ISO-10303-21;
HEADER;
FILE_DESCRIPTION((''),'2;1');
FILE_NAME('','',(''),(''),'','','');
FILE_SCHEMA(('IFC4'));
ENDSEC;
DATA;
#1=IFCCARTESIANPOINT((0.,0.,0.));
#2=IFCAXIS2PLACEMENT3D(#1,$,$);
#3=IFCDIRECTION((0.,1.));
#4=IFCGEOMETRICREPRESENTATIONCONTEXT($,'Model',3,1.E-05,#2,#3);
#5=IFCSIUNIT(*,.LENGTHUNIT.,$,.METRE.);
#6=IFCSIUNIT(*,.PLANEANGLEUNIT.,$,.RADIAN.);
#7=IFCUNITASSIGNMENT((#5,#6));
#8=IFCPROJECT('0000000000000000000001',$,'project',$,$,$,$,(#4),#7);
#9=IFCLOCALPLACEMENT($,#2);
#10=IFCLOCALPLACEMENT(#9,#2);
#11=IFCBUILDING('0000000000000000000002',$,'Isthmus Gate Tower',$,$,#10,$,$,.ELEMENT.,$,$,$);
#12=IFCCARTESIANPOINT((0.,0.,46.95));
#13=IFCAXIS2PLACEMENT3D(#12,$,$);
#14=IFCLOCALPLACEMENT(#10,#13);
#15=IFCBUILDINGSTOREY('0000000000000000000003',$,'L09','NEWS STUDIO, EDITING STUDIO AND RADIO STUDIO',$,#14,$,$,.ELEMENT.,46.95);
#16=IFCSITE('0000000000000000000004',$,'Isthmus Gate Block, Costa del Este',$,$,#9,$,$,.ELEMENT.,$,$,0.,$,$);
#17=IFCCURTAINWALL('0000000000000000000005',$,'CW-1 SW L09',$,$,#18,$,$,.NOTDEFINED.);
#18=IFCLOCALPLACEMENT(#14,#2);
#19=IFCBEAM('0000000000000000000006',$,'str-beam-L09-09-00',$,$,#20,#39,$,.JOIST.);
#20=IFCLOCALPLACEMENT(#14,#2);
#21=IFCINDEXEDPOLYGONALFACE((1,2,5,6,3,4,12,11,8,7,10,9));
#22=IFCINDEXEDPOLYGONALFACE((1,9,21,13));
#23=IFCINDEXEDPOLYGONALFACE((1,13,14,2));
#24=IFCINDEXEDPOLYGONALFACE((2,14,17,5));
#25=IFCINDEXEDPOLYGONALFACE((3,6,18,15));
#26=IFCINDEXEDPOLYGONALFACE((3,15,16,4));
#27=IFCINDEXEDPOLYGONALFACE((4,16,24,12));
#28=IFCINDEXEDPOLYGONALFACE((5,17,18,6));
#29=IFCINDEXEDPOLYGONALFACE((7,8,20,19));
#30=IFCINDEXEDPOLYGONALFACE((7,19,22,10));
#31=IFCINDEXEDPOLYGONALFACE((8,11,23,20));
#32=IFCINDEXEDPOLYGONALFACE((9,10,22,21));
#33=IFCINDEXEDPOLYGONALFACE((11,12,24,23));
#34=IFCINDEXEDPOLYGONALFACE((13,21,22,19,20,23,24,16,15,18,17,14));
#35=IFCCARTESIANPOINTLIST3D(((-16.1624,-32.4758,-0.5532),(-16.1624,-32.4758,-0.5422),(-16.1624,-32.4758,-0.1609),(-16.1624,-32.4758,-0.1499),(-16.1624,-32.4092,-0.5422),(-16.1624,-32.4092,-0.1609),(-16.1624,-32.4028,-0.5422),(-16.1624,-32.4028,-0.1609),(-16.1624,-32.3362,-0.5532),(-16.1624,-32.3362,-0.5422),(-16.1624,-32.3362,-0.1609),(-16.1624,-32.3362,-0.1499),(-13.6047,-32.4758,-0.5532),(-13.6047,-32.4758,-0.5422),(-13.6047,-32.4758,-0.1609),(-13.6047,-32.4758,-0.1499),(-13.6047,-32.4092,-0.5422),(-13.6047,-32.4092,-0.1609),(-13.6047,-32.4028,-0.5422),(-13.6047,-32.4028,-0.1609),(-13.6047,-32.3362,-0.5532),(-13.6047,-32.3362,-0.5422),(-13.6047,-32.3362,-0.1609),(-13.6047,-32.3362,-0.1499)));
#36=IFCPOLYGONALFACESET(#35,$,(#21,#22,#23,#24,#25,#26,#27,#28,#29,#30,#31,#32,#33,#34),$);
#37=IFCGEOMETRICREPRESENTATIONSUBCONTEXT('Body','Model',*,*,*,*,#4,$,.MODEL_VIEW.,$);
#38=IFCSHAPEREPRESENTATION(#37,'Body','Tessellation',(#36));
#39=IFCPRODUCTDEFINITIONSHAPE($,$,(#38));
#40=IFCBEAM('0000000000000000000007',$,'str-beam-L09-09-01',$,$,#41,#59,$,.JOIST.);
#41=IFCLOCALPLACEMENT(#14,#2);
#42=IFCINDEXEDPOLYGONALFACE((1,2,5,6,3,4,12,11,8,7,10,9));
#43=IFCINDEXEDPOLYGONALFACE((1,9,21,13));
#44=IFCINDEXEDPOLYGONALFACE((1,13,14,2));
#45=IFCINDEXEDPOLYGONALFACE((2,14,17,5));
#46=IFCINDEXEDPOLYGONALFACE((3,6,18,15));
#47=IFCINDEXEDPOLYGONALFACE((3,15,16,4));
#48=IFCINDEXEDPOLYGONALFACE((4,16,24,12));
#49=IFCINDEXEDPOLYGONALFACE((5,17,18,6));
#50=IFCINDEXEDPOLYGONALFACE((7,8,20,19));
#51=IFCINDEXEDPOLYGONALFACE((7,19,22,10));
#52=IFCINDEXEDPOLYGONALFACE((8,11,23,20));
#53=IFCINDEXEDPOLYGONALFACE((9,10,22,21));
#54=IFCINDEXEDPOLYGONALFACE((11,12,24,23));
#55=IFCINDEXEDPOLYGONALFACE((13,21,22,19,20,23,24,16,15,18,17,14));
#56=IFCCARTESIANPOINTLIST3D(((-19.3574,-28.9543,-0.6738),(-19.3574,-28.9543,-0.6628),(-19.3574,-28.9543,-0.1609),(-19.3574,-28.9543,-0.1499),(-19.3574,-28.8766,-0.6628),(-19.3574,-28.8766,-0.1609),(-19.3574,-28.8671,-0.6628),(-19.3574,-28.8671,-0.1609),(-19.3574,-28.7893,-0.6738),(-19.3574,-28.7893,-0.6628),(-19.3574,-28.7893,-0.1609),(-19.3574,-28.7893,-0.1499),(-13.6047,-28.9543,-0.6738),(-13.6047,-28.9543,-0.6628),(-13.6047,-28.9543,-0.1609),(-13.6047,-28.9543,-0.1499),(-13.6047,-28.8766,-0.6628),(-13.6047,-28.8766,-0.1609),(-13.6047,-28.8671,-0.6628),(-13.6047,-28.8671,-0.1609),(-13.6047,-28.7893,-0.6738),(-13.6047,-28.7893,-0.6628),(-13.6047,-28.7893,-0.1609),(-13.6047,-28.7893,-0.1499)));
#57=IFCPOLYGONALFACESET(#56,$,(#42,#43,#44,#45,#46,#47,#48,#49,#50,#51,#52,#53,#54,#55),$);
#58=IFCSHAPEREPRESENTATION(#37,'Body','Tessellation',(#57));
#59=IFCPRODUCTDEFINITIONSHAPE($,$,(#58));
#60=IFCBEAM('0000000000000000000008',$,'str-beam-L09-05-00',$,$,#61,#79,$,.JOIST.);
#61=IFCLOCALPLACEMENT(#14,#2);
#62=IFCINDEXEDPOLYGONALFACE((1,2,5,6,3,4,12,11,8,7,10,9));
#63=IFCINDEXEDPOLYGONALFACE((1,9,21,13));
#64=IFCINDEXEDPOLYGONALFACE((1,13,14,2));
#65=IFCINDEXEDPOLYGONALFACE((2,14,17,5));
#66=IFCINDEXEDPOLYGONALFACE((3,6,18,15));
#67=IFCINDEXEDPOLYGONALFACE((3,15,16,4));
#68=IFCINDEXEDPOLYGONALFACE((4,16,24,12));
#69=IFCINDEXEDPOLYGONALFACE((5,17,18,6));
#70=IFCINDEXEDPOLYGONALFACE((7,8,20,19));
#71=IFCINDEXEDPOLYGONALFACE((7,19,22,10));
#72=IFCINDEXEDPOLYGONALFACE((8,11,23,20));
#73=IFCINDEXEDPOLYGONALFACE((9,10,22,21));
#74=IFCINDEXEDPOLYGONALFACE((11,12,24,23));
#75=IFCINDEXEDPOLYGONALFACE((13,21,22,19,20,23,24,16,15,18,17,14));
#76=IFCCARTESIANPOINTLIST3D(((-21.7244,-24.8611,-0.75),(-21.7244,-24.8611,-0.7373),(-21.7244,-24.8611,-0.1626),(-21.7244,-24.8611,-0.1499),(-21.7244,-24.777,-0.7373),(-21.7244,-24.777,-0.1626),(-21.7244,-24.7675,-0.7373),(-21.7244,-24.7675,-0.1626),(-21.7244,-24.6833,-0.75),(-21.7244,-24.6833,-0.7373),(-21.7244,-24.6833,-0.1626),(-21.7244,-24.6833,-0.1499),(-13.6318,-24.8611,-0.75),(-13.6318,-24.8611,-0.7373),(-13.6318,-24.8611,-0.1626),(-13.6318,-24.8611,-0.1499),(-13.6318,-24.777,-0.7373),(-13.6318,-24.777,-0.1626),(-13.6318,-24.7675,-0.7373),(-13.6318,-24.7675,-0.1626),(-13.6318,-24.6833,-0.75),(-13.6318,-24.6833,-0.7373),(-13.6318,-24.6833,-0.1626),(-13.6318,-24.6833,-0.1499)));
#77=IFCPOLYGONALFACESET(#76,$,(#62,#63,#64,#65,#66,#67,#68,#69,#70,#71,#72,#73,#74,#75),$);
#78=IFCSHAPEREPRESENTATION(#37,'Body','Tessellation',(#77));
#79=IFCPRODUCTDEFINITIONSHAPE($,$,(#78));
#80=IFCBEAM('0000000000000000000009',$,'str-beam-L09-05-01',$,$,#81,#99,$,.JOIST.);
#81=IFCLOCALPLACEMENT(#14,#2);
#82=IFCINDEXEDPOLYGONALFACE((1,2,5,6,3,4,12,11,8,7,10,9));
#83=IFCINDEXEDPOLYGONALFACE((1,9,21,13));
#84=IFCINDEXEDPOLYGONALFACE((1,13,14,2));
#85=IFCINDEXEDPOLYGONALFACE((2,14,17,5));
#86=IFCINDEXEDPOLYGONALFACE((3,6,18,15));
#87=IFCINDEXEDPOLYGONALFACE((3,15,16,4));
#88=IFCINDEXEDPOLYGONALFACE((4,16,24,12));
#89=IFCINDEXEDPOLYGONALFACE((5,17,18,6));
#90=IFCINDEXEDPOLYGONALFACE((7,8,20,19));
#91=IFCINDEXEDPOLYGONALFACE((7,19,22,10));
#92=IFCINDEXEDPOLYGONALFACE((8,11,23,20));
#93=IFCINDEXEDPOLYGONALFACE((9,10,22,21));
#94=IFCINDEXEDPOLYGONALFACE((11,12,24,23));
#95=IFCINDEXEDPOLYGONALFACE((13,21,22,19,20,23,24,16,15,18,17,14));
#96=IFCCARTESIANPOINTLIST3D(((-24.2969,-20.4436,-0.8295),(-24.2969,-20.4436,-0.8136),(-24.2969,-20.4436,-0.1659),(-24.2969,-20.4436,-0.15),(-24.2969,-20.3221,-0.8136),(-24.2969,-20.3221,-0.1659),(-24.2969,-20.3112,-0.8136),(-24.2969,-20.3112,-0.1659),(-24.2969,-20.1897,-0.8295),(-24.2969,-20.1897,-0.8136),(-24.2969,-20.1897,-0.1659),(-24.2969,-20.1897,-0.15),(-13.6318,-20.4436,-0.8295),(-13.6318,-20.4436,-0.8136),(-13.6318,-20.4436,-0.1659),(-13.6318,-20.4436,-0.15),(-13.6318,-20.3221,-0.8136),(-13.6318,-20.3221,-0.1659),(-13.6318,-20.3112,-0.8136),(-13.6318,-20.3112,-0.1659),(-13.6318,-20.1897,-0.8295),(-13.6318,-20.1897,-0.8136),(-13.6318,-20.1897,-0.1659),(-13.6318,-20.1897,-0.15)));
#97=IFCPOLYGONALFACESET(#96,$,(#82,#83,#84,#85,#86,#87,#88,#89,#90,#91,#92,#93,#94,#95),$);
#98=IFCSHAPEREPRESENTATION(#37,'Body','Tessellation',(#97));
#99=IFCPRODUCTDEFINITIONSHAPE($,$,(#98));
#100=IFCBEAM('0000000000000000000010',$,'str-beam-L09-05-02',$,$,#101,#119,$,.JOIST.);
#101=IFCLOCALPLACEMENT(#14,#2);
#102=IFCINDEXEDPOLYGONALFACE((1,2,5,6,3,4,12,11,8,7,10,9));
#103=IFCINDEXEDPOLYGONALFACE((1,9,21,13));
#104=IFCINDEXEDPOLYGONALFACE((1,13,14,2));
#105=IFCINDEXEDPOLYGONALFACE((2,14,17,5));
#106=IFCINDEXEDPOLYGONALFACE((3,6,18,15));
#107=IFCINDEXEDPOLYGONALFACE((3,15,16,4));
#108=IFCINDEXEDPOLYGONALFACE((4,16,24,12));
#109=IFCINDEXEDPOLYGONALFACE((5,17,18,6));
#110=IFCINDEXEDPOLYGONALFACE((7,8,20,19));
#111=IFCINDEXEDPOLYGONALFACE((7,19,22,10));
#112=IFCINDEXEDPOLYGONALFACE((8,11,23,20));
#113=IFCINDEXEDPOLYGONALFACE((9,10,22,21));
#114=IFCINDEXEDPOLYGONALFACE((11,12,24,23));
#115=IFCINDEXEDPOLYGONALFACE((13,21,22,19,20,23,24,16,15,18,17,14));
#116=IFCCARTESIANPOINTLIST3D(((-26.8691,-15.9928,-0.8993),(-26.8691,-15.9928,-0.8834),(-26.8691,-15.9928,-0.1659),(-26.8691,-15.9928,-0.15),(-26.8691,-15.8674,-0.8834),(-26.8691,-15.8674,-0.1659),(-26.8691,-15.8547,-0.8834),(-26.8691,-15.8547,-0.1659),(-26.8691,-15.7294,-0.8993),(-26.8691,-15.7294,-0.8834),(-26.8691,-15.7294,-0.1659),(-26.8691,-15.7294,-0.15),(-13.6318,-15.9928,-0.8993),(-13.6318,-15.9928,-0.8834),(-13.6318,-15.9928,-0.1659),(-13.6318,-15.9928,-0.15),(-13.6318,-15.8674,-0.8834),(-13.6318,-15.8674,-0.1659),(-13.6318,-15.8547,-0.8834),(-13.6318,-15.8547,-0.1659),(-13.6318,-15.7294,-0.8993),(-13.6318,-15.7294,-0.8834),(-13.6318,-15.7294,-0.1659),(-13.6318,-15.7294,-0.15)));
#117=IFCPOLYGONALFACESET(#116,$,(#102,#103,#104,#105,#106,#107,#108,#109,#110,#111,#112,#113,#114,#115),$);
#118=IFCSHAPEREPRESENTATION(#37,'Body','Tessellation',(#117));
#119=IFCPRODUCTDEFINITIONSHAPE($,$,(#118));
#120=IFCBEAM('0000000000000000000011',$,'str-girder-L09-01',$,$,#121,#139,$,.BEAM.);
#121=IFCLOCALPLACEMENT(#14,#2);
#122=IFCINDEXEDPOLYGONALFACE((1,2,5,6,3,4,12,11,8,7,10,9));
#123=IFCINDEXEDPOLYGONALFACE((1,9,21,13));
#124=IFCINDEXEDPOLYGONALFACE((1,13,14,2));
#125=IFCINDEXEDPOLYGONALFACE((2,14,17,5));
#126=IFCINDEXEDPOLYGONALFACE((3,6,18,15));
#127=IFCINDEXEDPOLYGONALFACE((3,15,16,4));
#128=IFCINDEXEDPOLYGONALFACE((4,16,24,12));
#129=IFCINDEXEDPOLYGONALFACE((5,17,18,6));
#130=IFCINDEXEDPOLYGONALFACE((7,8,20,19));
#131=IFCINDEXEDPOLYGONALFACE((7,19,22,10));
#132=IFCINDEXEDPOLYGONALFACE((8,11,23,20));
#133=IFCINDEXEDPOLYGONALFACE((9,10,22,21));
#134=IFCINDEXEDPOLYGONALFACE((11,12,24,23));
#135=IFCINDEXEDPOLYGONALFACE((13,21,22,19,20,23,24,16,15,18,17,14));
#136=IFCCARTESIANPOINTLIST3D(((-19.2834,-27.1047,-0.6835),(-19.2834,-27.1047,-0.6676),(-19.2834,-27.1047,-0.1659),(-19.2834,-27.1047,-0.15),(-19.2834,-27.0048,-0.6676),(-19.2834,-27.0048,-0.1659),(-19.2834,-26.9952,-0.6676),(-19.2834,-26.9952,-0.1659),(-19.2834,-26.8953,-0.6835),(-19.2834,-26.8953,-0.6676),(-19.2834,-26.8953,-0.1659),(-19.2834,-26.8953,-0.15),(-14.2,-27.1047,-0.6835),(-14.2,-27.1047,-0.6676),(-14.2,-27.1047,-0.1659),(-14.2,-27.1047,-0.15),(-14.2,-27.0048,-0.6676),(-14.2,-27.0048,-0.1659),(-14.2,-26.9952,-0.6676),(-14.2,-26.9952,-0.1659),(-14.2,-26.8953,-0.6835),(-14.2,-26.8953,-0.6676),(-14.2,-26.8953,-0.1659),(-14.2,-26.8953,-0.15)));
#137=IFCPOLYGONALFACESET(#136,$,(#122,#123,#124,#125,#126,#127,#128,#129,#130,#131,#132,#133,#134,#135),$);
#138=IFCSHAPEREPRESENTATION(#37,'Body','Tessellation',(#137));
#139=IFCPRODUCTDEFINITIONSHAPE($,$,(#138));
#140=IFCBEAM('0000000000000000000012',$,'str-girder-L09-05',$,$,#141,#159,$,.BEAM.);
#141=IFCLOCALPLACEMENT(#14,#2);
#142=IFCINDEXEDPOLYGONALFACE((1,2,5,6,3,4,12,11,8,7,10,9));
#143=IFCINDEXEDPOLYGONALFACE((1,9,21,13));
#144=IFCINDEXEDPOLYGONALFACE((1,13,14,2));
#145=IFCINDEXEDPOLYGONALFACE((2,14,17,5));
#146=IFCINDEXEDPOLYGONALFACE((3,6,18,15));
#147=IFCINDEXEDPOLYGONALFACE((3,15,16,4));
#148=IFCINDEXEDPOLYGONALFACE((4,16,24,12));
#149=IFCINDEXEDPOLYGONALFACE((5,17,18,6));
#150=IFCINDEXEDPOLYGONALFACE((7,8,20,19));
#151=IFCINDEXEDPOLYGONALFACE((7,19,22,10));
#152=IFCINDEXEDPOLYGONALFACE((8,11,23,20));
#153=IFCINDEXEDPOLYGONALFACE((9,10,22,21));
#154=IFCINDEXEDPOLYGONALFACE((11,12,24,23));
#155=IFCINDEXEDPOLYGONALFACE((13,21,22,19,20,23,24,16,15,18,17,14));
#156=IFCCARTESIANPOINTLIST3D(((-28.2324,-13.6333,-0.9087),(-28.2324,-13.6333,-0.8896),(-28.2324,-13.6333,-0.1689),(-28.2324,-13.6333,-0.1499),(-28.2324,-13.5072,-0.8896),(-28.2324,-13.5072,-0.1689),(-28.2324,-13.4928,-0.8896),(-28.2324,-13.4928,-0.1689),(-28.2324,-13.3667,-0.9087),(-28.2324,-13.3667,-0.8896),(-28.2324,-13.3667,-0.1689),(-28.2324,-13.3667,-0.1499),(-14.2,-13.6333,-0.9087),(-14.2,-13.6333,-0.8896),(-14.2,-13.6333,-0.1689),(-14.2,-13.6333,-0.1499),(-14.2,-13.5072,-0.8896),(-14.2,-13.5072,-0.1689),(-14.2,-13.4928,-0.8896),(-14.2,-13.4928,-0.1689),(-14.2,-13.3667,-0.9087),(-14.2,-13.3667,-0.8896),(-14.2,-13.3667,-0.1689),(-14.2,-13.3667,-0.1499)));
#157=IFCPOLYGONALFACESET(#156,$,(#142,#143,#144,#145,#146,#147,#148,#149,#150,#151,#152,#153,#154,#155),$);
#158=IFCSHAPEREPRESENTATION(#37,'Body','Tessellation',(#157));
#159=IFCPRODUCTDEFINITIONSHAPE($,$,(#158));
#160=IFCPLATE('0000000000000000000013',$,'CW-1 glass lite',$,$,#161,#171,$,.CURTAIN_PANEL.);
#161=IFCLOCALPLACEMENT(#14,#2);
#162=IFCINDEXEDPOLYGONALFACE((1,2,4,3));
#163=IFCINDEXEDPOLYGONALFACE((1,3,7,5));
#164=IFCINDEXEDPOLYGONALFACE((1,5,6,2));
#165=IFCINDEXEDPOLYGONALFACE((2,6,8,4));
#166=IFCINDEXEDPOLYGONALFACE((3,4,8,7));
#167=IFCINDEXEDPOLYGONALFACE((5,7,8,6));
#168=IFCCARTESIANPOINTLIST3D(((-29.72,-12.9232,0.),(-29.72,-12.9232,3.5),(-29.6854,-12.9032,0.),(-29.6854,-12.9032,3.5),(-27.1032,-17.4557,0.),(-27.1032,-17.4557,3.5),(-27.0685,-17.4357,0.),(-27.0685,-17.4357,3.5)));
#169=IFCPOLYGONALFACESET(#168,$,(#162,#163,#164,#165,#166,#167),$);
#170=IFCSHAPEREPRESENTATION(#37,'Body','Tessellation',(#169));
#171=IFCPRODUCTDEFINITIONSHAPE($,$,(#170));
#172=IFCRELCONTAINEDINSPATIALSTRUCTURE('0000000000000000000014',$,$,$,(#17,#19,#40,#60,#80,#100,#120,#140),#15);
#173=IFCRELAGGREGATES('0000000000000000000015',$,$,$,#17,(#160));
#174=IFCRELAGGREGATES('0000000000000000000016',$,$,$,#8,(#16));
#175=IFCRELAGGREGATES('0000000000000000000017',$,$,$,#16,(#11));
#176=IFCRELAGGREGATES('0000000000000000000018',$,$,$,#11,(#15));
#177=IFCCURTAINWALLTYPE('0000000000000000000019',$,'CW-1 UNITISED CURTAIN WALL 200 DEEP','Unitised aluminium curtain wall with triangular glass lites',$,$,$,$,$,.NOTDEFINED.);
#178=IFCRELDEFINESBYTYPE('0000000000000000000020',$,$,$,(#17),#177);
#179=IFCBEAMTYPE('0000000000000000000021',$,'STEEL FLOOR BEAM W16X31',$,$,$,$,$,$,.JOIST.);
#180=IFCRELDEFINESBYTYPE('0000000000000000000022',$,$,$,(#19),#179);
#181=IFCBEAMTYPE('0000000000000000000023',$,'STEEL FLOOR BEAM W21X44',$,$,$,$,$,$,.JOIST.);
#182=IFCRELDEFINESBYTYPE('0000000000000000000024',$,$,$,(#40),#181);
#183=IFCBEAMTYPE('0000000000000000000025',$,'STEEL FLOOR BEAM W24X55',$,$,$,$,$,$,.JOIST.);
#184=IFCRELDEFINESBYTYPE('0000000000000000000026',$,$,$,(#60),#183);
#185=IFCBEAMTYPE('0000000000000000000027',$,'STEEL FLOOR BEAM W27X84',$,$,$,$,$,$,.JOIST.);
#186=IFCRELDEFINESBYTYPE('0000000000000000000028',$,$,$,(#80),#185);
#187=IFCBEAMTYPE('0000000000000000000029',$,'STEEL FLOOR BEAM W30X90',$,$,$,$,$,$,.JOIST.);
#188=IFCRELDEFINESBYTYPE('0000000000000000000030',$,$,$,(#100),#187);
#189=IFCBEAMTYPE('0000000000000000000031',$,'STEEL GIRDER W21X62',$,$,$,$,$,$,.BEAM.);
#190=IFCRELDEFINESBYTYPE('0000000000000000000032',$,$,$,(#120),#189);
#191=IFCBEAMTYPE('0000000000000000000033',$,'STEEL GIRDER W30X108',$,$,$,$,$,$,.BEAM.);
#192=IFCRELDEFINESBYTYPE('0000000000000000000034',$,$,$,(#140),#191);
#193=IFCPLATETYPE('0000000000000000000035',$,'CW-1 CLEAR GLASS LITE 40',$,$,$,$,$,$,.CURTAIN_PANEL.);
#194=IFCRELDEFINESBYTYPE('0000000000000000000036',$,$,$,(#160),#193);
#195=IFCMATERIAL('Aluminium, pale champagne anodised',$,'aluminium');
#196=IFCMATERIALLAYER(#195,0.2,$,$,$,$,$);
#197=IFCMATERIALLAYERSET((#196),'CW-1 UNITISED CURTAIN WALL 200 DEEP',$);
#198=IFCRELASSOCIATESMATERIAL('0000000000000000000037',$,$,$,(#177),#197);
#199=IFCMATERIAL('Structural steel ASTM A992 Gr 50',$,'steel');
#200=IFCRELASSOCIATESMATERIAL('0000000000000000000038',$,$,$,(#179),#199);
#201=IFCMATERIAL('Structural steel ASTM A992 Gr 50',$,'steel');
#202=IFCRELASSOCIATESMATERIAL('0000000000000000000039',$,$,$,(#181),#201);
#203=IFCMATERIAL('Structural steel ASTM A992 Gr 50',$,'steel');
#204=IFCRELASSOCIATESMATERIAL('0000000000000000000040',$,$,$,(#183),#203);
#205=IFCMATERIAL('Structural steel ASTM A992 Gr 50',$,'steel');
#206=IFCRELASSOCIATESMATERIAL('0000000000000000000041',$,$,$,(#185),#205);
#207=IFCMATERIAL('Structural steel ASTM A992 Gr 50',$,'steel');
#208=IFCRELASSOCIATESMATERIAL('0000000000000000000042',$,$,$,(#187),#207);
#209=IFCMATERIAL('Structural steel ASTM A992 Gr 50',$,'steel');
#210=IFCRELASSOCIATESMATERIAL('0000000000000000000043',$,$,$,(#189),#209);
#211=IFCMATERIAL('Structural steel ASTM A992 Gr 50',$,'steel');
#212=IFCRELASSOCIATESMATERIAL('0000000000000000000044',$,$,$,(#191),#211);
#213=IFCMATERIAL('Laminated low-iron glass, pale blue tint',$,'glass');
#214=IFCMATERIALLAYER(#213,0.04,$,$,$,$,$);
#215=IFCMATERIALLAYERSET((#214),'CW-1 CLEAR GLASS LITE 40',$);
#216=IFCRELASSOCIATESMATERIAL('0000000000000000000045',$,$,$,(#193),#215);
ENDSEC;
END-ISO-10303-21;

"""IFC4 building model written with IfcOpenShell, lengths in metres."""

from ifc_helpers import new_model, si_unit, direction, frame, origin, origin_2d, place, context, subcontext, project, spatial, rectangle, i_section, extrude, material, layer, layer_set, material_profile, profile_set, type_object, element, aggregate, save


model = new_model("IFC4")

# Units and contexts
model_context = context("Model", 3, precision=1e-05, world=origin(), true_north=direction((0.0, 1.0)))
body_context = subcontext(model_context, "Body", "Model", "MODEL_VIEW")
ifc_project = project(units=[si_unit("LENGTHUNIT", "METRE"), si_unit("PLANEANGLEUNIT", "RADIAN")], contexts=[model_context])

# Site, building, storey
site_placement = place(None, origin())
site = spatial("IfcSite", under=ifc_project, at=site_placement, Name="Isthmus Gate Block, Costa del Este", CompositionType="ELEMENT", RefElevation=0.0)
building_placement = place(site_placement, origin())
building = spatial("IfcBuilding", under=site, at=building_placement, Name="Isthmus Gate Tower", CompositionType="ELEMENT")
storey_placement = place(building_placement, frame((0.0, 0.0, 46.95)))
storey = spatial("IfcBuildingStorey", under=building, at=storey_placement, Name="L09", Description="NEWS STUDIO, EDITING STUDIO AND RADIO STUDIO", CompositionType="ELEMENT", Elevation=46.95)

# Curtain wall
ifc_material_1 = material(Name="Aluminium, pale champagne anodised", Category="aluminium")
ifc_layer_1 = layer(ifc_material_1, 0.2)
ifc_layer_set_1 = layer_set([ifc_layer_1], Name="CW-1 UNITISED CURTAIN WALL 200 DEEP")
curtain_wall_type = type_object("IfcCurtainWallType", Name="CW-1 UNITISED CURTAIN WALL 200 DEEP", Description="Unitised aluminium curtain wall with triangular glass lites", PredefinedType="NOTDEFINED", material=ifc_layer_set_1)
curtain_wall_1_placement = place(storey_placement, origin())
curtain_wall_1 = element("IfcCurtainWall", 1, at=curtain_wall_1_placement, inside=storey, type_object=curtain_wall_type, Name="CW-1 SW L09", PredefinedType="NOTDEFINED")

# Beams
ifc_material_2 = material(Name="Structural steel ASTM A992 Gr 50", Category="steel")
ifc_material_profile_1 = material_profile(ifc_material_2, i_section(OverallWidth=0.1396, OverallDepth=0.4033, WebThickness=0.0063, FlangeThickness=0.011, at=origin_2d()), Name="W16X31")
ifc_profile_set_1 = profile_set([ifc_material_profile_1], Name="Structural steel ASTM A992 Gr 50")
beam_type_1 = type_object("IfcBeamType", Name="STEEL FLOOR BEAM W16X31", PredefinedType="JOIST", material=ifc_profile_set_1)
beam_1_placement = place(storey_placement, frame((-16.1624, -32.406, -0.3516), z_axis=(1.0, 0.0, 0.0), x_axis=(0.0, 1.0, 0.0)))
element("IfcBeam", 2, at=beam_1_placement, inside=storey, type_object=beam_type_1, Name="str-beam-L09-09-00", PredefinedType="JOIST", context=body_context, shape_type="SweptSolid", body=[
    extrude(i_section(OverallWidth=0.1396, OverallDepth=0.4033, WebThickness=0.0063, FlangeThickness=0.011, at=origin_2d()), origin(), (0.0, 0.0, 1.0), 2.5576),
])
ifc_material_3 = material(Name="Structural steel ASTM A992 Gr 50", Category="steel")
ifc_material_profile_2 = material_profile(ifc_material_3, i_section(OverallWidth=0.165, OverallDepth=0.5239, WebThickness=0.0095, FlangeThickness=0.011, at=origin_2d()), Name="W21X44")
ifc_profile_set_2 = profile_set([ifc_material_profile_2], Name="Structural steel ASTM A992 Gr 50")
beam_type_2 = type_object("IfcBeamType", Name="STEEL FLOOR BEAM W21X44", PredefinedType="JOIST", material=ifc_profile_set_2)
beam_2_placement = place(storey_placement, frame((-19.3574, -28.8718, -0.4119), z_axis=(1.0, 0.0, 0.0), x_axis=(0.0, 1.0, 0.0)))
element("IfcBeam", 3, at=beam_2_placement, inside=storey, type_object=beam_type_2, Name="str-beam-L09-09-01", PredefinedType="JOIST", context=body_context, shape_type="SweptSolid", body=[
    extrude(i_section(OverallWidth=0.165, OverallDepth=0.5239, WebThickness=0.0095, FlangeThickness=0.011, at=origin_2d()), origin(), (0.0, 0.0, 1.0), 5.7527),
])
ifc_material_4 = material(Name="Structural steel ASTM A992 Gr 50", Category="steel")
ifc_material_profile_3 = material_profile(ifc_material_4, i_section(OverallWidth=0.1777, OverallDepth=0.6001, WebThickness=0.0095, FlangeThickness=0.0127, at=origin_2d()), Name="W24X55")
ifc_profile_set_3 = profile_set([ifc_material_profile_3], Name="Structural steel ASTM A992 Gr 50")
beam_type_3 = type_object("IfcBeamType", Name="STEEL FLOOR BEAM W24X55", PredefinedType="JOIST", material=ifc_profile_set_3)
beam_3_placement = place(storey_placement, frame((-21.7244, -24.7722, -0.45), z_axis=(1.0, 0.0, 0.0), x_axis=(0.0, 1.0, 0.0)))
element("IfcBeam", 4, at=beam_3_placement, inside=storey, type_object=beam_type_3, Name="str-beam-L09-05-00", PredefinedType="JOIST", context=body_context, shape_type="SweptSolid", body=[
    extrude(i_section(OverallWidth=0.1777, OverallDepth=0.6001, WebThickness=0.0095, FlangeThickness=0.0127, at=origin_2d()), origin(), (0.0, 0.0, 1.0), 8.0925),
])
ifc_material_5 = material(Name="Structural steel ASTM A992 Gr 50", Category="steel")
ifc_material_profile_4 = material_profile(ifc_material_5, i_section(OverallWidth=0.2539, OverallDepth=0.6794, WebThickness=0.011, FlangeThickness=0.0159, at=origin_2d()), Name="W27X84")
ifc_profile_set_4 = profile_set([ifc_material_profile_4], Name="Structural steel ASTM A992 Gr 50")
beam_type_4 = type_object("IfcBeamType", Name="STEEL FLOOR BEAM W27X84", PredefinedType="JOIST", material=ifc_profile_set_4)
beam_4_placement = place(storey_placement, frame((-24.2969, -20.3167, -0.4897), z_axis=(1.0, 0.0, 0.0), x_axis=(0.0, 1.0, 0.0)))
element("IfcBeam", 5, at=beam_4_placement, inside=storey, type_object=beam_type_4, Name="str-beam-L09-05-01", PredefinedType="JOIST", context=body_context, shape_type="SweptSolid", body=[
    extrude(i_section(OverallWidth=0.2539, OverallDepth=0.6794, WebThickness=0.011, FlangeThickness=0.0159, at=origin_2d()), origin(), (0.0, 0.0, 1.0), 10.665),
])
ifc_material_6 = material(Name="Structural steel ASTM A992 Gr 50", Category="steel")
ifc_material_profile_5 = material_profile(ifc_material_6, i_section(OverallWidth=0.2634, OverallDepth=0.7493, WebThickness=0.0127, FlangeThickness=0.0159, at=origin_2d()), Name="W30X90")
ifc_profile_set_5 = profile_set([ifc_material_profile_5], Name="Structural steel ASTM A992 Gr 50")
beam_type_5 = type_object("IfcBeamType", Name="STEEL FLOOR BEAM W30X90", PredefinedType="JOIST", material=ifc_profile_set_5)
beam_5_placement = place(storey_placement, frame((-26.8691, -15.8611, -0.5247), z_axis=(1.0, 0.0, 0.0), x_axis=(0.0, 1.0, 0.0)))
element("IfcBeam", 6, at=beam_5_placement, inside=storey, type_object=beam_type_5, Name="str-beam-L09-05-02", PredefinedType="JOIST", context=body_context, shape_type="SweptSolid", body=[
    extrude(i_section(OverallWidth=0.2634, OverallDepth=0.7493, WebThickness=0.0127, FlangeThickness=0.0159, at=origin_2d()), origin(), (0.0, 0.0, 1.0), 13.2373),
])
ifc_material_7 = material(Name="Structural steel ASTM A992 Gr 50", Category="steel")
ifc_material_profile_6 = material_profile(ifc_material_7, i_section(OverallWidth=0.2095, OverallDepth=0.5334, WebThickness=0.0095, FlangeThickness=0.0159, at=origin_2d()), Name="W21X62")
ifc_profile_set_6 = profile_set([ifc_material_profile_6], Name="Structural steel ASTM A992 Gr 50")
beam_type_6 = type_object("IfcBeamType", Name="STEEL GIRDER W21X62", PredefinedType="BEAM", material=ifc_profile_set_6)
beam_6_placement = place(storey_placement, frame((-19.2834, -27.0, -0.4167), z_axis=(1.0, 0.0, 0.0), x_axis=(0.0, 1.0, 0.0)))
element("IfcBeam", 7, at=beam_6_placement, inside=storey, type_object=beam_type_6, Name="str-girder-L09-01", PredefinedType="BEAM", context=body_context, shape_type="SweptSolid", body=[
    extrude(i_section(OverallWidth=0.2095, OverallDepth=0.5334, WebThickness=0.0095, FlangeThickness=0.0159, at=origin_2d()), origin(), (0.0, 0.0, 1.0), 5.0835),
])
ifc_material_8 = material(Name="Structural steel ASTM A992 Gr 50", Category="steel")
ifc_material_profile_7 = material_profile(ifc_material_8, i_section(OverallWidth=0.2666, OverallDepth=0.7588, WebThickness=0.0144, FlangeThickness=0.019, at=origin_2d()), Name="W30X108")
ifc_profile_set_7 = profile_set([ifc_material_profile_7], Name="Structural steel ASTM A992 Gr 50")
beam_type_7 = type_object("IfcBeamType", Name="STEEL GIRDER W30X108", PredefinedType="BEAM", material=ifc_profile_set_7)
beam_7_placement = place(storey_placement, frame((-28.2324, -13.5, -0.5293), z_axis=(1.0, 0.0, 0.0), x_axis=(0.0, 1.0, 0.0)))
element("IfcBeam", 8, at=beam_7_placement, inside=storey, type_object=beam_type_7, Name="str-girder-L09-05", PredefinedType="BEAM", context=body_context, shape_type="SweptSolid", body=[
    extrude(i_section(OverallWidth=0.2666, OverallDepth=0.7588, WebThickness=0.0144, FlangeThickness=0.019, at=origin_2d()), origin(), (0.0, 0.0, 1.0), 14.0325),
])

# Plate
ifc_material_9 = material(Name="Laminated low-iron glass, pale blue tint", Category="glass")
ifc_layer_2 = layer(ifc_material_9, 0.04)
ifc_layer_set_2 = layer_set([ifc_layer_2], Name="CW-1 CLEAR GLASS LITE 40")
plate_type = type_object("IfcPlateType", Name="CW-1 CLEAR GLASS LITE 40", PredefinedType="CURTAIN_PANEL", material=ifc_layer_set_2)
plate_1_placement = place(storey_placement, frame((-28.3943, -15.1794, 0.0), z_axis=(0.0, 0.0, 1.0), x_axis=(0.5, -0.866025, 0.0)))
plate_1 = element("IfcPlate", 9, at=plate_1_placement, type_object=plate_type, Name="CW-1 glass lite", PredefinedType="CURTAIN_PANEL", context=body_context, shape_type="SweptSolid", body=[
    extrude(rectangle(XDim=5.2336, YDim=0.04, at=origin_2d()), origin(), (0.0, 0.0, 1.0), 3.5),
])
aggregate(curtain_wall_1, [plate_1])

save(model, "model.ifc")
